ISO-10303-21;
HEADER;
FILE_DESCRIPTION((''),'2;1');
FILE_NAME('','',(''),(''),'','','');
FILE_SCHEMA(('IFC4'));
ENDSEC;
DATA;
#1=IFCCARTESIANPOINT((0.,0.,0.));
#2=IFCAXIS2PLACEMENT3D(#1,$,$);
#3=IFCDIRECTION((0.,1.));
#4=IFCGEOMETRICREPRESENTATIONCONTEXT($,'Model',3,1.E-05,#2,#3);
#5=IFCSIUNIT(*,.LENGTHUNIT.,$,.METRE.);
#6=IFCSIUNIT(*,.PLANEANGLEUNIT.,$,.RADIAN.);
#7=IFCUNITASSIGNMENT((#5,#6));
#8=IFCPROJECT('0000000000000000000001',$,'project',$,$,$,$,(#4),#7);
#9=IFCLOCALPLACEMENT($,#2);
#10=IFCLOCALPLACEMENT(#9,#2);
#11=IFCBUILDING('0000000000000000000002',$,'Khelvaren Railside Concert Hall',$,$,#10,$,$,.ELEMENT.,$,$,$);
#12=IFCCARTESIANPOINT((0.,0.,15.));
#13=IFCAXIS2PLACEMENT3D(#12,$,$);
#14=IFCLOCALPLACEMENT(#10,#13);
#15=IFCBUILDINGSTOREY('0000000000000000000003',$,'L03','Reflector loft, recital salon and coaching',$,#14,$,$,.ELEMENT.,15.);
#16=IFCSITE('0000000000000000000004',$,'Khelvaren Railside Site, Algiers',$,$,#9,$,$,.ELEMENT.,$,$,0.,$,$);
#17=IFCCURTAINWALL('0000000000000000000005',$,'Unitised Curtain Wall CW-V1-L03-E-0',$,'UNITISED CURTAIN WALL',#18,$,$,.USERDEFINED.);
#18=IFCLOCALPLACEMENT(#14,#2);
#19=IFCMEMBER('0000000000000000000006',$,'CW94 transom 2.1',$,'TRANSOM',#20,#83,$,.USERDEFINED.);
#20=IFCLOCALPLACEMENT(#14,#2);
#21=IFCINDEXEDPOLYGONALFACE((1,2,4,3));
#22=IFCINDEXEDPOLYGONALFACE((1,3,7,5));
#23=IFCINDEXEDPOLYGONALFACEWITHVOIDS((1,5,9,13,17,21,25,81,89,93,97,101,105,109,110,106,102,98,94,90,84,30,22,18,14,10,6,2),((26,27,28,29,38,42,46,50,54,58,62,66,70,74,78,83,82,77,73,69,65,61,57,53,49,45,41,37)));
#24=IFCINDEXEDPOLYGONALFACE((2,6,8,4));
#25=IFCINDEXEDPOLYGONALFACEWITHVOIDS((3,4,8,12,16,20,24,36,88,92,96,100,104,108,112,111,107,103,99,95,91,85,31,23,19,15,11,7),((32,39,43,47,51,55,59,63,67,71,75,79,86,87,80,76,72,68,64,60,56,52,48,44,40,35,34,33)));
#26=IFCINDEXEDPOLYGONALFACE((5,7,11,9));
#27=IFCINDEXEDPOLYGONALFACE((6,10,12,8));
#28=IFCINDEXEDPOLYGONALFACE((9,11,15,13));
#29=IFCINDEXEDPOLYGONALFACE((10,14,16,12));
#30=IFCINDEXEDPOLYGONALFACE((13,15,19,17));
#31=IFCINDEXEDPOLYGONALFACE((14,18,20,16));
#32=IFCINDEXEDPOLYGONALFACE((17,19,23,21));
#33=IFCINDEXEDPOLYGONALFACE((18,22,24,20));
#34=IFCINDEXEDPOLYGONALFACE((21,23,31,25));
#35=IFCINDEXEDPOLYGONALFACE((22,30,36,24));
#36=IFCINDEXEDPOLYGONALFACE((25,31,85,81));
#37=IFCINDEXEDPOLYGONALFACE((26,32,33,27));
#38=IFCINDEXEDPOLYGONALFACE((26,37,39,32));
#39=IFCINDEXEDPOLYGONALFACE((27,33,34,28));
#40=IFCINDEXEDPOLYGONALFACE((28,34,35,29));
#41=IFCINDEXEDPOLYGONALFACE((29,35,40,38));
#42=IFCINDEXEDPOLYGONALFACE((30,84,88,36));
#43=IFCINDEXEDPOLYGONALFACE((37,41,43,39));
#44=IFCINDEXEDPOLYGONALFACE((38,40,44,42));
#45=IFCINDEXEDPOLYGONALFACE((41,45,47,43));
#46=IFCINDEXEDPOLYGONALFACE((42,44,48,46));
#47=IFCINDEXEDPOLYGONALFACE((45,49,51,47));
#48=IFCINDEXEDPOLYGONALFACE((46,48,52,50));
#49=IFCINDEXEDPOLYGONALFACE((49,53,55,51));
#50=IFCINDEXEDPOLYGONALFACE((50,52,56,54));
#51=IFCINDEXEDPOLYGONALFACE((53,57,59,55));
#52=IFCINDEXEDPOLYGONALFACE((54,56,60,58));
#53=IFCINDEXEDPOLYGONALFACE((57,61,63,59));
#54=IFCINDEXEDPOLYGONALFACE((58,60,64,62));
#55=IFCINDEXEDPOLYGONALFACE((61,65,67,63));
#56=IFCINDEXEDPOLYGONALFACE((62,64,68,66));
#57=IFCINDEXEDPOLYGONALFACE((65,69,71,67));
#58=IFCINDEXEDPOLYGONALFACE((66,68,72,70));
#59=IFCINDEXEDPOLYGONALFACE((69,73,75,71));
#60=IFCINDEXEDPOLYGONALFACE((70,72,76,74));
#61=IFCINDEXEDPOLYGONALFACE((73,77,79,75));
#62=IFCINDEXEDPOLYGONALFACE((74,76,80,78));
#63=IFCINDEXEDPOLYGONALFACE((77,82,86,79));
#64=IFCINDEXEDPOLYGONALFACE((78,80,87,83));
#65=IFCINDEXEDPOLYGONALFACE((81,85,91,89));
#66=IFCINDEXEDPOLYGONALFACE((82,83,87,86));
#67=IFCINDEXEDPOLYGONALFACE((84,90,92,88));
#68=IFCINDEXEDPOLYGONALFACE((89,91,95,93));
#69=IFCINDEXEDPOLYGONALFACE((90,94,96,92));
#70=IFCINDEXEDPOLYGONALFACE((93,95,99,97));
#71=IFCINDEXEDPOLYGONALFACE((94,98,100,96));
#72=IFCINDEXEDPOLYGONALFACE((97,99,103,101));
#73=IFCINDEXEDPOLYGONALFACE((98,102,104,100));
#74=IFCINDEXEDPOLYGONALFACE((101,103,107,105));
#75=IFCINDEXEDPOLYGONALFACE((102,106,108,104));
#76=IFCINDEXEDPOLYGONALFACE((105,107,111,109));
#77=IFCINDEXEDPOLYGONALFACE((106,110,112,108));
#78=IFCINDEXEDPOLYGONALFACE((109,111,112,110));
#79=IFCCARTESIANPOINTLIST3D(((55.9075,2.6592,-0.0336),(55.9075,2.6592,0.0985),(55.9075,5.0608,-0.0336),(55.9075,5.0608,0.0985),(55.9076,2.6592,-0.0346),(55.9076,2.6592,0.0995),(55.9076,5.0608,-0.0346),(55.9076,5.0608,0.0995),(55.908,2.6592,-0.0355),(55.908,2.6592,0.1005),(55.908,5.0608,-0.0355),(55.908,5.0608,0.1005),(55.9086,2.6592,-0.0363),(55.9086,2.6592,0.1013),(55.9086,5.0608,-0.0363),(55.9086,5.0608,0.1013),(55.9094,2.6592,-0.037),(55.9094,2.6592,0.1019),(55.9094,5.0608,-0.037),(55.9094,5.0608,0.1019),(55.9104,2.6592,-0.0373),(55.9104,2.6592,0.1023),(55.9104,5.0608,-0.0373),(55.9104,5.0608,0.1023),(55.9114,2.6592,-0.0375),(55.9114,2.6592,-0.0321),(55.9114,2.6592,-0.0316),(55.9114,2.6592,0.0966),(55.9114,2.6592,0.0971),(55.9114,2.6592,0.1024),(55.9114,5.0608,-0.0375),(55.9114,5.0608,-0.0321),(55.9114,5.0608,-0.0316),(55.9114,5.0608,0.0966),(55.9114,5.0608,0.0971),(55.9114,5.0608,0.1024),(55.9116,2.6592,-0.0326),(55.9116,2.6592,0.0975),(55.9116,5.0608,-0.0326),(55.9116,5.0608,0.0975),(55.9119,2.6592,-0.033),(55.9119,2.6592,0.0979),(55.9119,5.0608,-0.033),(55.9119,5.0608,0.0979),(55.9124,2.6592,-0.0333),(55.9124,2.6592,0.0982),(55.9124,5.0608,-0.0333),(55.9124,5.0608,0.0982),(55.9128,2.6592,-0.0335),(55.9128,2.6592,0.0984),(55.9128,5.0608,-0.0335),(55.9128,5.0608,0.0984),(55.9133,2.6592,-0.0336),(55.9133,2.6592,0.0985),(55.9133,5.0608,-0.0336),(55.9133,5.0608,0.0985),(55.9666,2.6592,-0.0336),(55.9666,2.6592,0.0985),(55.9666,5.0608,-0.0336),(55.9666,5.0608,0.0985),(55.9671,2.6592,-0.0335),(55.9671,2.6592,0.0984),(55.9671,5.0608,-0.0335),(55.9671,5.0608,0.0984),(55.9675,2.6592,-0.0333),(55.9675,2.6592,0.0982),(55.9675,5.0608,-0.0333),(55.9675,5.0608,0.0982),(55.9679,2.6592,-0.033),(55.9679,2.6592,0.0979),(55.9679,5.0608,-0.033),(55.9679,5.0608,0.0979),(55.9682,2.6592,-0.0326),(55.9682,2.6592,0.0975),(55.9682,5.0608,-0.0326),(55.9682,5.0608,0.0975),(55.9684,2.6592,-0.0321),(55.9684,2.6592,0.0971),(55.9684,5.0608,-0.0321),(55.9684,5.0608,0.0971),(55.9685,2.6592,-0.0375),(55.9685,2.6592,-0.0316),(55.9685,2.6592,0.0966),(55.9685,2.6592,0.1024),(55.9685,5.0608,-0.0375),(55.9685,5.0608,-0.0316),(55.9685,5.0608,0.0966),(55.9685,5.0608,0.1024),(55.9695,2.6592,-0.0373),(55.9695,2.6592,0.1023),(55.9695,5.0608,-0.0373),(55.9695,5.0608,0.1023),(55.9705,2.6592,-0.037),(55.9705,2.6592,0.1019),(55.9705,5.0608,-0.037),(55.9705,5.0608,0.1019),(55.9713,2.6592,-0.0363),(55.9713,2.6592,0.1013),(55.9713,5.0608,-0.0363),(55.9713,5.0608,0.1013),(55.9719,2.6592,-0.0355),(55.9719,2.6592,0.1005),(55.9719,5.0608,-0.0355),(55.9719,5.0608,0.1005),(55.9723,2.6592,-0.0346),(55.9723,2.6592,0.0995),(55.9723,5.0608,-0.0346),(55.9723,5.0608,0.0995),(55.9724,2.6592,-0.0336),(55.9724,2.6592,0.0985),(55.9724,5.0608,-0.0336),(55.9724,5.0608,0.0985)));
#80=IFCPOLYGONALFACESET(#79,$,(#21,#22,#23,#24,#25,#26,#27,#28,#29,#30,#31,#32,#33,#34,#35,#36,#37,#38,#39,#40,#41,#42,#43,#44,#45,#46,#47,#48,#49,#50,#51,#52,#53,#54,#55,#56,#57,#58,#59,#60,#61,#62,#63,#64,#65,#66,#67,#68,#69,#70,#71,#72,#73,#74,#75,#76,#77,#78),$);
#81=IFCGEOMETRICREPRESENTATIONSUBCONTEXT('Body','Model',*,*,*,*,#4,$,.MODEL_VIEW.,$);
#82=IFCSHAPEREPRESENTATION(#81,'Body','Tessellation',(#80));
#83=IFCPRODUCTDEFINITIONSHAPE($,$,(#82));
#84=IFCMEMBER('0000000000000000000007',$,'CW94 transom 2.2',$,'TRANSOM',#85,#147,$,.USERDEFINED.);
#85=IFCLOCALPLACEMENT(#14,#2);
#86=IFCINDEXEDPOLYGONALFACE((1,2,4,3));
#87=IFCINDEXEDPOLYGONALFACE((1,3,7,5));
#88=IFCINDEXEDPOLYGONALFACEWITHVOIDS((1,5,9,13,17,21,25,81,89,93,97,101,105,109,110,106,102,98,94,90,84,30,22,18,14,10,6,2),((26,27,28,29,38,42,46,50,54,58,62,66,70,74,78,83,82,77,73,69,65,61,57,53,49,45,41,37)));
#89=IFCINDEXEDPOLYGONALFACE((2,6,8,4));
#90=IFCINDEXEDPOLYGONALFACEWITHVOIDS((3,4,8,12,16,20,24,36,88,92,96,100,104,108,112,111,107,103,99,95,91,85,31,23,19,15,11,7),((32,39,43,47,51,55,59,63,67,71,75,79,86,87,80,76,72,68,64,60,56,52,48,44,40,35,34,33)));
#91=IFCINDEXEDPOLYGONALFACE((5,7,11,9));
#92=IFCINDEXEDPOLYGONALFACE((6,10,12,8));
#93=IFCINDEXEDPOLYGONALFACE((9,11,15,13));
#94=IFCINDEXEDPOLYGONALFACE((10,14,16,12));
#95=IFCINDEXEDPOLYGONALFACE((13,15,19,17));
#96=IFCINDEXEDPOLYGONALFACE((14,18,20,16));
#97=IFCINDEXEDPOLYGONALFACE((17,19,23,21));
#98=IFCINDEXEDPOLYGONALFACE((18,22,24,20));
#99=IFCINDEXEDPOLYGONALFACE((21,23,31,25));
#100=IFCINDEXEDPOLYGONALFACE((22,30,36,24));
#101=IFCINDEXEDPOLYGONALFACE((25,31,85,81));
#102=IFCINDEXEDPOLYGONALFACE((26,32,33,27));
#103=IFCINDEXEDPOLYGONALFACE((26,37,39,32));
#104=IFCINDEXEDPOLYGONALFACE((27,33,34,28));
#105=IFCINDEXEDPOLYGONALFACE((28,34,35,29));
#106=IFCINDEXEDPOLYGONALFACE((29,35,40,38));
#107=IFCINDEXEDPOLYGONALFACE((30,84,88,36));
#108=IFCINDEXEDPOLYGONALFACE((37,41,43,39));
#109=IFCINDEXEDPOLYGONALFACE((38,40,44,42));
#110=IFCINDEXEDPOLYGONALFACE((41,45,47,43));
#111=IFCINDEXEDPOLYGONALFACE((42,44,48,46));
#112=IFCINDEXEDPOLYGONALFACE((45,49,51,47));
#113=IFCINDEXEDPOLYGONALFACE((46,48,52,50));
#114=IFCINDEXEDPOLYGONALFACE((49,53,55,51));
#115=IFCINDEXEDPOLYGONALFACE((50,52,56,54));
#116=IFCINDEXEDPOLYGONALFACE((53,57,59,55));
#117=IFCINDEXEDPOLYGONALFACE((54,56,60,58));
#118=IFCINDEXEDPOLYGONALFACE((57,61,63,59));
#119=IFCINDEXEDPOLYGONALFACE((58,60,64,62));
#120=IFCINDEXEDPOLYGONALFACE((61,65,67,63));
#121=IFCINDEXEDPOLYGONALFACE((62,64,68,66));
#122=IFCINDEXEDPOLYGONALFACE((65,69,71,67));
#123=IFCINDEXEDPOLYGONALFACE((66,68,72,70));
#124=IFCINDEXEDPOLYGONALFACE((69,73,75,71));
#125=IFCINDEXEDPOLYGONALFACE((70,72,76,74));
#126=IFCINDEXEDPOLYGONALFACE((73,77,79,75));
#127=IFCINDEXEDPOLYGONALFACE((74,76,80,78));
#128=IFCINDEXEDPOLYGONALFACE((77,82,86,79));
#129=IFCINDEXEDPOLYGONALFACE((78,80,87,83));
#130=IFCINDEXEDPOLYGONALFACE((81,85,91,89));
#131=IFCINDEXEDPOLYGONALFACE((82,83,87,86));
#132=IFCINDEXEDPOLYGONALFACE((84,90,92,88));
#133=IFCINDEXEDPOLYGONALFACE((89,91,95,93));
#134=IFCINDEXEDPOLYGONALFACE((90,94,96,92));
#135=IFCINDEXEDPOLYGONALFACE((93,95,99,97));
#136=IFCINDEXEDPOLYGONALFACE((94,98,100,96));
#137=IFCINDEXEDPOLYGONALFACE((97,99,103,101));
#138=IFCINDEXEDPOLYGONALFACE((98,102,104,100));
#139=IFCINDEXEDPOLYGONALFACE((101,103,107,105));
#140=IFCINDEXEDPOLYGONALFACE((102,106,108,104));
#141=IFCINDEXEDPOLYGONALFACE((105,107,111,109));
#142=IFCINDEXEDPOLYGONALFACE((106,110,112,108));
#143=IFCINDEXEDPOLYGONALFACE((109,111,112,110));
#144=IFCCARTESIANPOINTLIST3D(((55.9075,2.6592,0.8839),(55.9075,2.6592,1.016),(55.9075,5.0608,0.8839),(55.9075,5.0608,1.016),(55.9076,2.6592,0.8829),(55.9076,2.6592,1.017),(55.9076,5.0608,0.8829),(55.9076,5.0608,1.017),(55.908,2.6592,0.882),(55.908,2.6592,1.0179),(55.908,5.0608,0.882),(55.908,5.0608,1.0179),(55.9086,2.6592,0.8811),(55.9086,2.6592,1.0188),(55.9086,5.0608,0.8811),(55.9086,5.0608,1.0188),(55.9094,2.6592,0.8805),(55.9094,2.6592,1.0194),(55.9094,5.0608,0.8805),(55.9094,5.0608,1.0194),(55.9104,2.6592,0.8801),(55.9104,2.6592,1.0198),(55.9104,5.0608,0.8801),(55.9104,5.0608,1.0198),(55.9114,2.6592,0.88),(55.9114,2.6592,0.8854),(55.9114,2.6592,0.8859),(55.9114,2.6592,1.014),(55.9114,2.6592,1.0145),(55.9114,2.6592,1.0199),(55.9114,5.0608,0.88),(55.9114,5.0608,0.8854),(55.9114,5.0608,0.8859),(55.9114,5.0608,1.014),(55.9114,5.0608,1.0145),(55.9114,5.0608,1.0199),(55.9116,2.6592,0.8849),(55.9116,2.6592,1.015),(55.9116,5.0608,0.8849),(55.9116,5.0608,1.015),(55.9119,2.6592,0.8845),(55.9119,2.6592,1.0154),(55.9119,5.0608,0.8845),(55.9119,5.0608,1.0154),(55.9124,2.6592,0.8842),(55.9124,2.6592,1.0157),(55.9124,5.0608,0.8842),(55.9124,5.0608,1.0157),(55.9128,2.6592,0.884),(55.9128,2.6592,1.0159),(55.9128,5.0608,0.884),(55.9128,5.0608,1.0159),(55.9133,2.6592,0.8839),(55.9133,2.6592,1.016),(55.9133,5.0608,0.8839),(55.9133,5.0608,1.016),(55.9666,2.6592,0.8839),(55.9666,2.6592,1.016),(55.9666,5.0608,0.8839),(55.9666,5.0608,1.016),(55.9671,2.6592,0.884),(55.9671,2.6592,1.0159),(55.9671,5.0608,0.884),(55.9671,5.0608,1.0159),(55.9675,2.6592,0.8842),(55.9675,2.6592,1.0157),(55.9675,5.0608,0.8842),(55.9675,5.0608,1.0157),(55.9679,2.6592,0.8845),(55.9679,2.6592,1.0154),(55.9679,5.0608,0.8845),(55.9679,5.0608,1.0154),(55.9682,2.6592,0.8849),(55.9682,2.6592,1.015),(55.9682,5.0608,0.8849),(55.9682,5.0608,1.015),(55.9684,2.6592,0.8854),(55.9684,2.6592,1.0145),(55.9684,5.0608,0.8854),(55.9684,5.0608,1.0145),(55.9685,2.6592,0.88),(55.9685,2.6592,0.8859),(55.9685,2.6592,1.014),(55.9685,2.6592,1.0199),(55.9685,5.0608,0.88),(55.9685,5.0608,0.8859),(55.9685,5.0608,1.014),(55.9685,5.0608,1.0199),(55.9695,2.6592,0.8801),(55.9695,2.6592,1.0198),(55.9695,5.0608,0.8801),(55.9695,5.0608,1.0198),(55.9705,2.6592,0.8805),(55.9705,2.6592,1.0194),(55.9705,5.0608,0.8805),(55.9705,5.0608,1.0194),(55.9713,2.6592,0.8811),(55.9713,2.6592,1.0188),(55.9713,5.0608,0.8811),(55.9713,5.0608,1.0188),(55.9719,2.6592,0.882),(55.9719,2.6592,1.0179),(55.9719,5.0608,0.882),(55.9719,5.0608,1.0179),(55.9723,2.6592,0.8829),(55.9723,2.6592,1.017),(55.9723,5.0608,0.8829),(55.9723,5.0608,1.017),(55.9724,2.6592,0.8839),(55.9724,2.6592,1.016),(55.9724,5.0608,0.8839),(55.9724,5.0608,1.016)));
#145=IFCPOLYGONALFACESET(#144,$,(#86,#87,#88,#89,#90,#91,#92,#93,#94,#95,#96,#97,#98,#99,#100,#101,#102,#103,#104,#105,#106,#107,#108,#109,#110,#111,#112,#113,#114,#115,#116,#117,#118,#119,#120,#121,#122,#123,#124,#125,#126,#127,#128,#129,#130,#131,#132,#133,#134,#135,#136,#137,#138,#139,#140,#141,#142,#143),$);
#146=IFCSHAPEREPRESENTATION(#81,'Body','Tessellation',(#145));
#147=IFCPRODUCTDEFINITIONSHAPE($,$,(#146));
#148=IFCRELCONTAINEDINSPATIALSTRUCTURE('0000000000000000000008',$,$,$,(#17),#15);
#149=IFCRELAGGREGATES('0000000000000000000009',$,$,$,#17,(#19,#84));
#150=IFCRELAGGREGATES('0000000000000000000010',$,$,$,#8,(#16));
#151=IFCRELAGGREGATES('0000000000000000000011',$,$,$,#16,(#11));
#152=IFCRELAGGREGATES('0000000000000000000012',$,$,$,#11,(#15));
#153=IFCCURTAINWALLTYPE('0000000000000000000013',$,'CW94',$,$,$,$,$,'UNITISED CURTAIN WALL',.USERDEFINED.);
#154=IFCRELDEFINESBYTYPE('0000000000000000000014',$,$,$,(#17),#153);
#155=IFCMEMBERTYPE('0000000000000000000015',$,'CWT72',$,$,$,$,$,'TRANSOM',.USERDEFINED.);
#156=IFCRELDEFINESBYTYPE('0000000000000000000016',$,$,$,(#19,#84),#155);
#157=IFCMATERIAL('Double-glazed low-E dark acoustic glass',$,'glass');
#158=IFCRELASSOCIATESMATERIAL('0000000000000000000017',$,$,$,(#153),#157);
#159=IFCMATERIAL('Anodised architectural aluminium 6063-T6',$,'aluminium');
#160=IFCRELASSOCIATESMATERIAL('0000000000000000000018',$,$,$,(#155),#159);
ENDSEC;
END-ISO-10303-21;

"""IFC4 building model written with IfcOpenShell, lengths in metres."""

from ifc_helpers import new_model, si_unit, direction, frame, origin, origin_2d, place, context, subcontext, project, spatial, hollow_rectangle, extrude, material, material_profile, profile_set, type_object, element, aggregate, save


model = new_model("IFC4")

# Units and contexts
model_context = context("Model", 3, precision=1e-05, world=origin(), true_north=direction((0.0, 1.0)))
body_context = subcontext(model_context, "Body", "Model", "MODEL_VIEW")
ifc_project = project(units=[si_unit("LENGTHUNIT", "METRE"), si_unit("PLANEANGLEUNIT", "RADIAN")], contexts=[model_context])

# Site, building, storey
site_placement = place(None, origin())
site = spatial("IfcSite", under=ifc_project, at=site_placement, Name="Khelvaren Railside Site, Algiers", CompositionType="ELEMENT", RefElevation=0.0)
building_placement = place(site_placement, origin())
building = spatial("IfcBuilding", under=site, at=building_placement, Name="Khelvaren Railside Concert Hall", CompositionType="ELEMENT")
storey_placement = place(building_placement, frame((0.0, 0.0, 15.0)))
storey = spatial("IfcBuildingStorey", under=building, at=storey_placement, Name="L03", Description="Reflector loft, recital salon and coaching", CompositionType="ELEMENT", Elevation=15.0)

# Curtain wall
ifc_material_1 = material(Name="Double-glazed low-E dark acoustic glass", Category="glass")
curtain_wall_type_1 = type_object("IfcCurtainWallType", Name="CW94", ElementType="UNITISED CURTAIN WALL", PredefinedType="USERDEFINED", material=ifc_material_1)
curtain_wall_1_placement = place(storey_placement, origin())
curtain_wall_1 = element("IfcCurtainWall", 1, at=curtain_wall_1_placement, inside=storey, type_object=curtain_wall_type_1, Name="Unitised Curtain Wall CW-V1-L03-E-0", ObjectType="UNITISED CURTAIN WALL", PredefinedType="USERDEFINED")
ifc_material_2 = material(Name="Anodised architectural aluminium 6063-T6", Category="aluminium")

# Members
ifc_material_profile_1 = material_profile(ifc_material_2, hollow_rectangle(XDim=0.0649, YDim=0.1399, WallThickness=0.0039, InnerFilletRadius=0.002, OuterFilletRadius=0.0039, at=origin_2d()), Name="CWT 65x140x4")
ifc_profile_set_1 = profile_set([ifc_material_profile_1], Name="Anodised architectural aluminium 6063-T6")
member_type_1 = type_object("IfcMemberType", Name="CWT72", ElementType="TRANSOM", PredefinedType="USERDEFINED", material=ifc_profile_set_1)
member_1_placement = place(storey_placement, frame((55.9399, 5.0608, 0.0325), z_axis=(0.0, -1.0, 0.0), x_axis=(1.0, 0.0, 0.0)))
member_1 = element("IfcMember", 2, at=member_1_placement, type_object=member_type_1, Name="CW94 transom 2.1", ObjectType="TRANSOM", PredefinedType="USERDEFINED", context=body_context, shape_type="SweptSolid", body=[
    extrude(hollow_rectangle(XDim=0.0649, YDim=0.1399, WallThickness=0.0039, InnerFilletRadius=0.002, OuterFilletRadius=0.0039, at=origin_2d()), origin(), (0.0, 0.0, 1.0), 2.4016),
])
member_2_placement = place(storey_placement, frame((55.9399, 5.0608, 0.95), z_axis=(0.0, -1.0, 0.0), x_axis=(1.0, 0.0, 0.0)))
member_2 = element("IfcMember", 3, at=member_2_placement, type_object=member_type_1, Name="CW94 transom 2.2", ObjectType="TRANSOM", PredefinedType="USERDEFINED", context=body_context, shape_type="SweptSolid", body=[
    extrude(hollow_rectangle(XDim=0.0649, YDim=0.1399, WallThickness=0.0039, InnerFilletRadius=0.002, OuterFilletRadius=0.0039, at=origin_2d()), origin(), (0.0, 0.0, 1.0), 2.4016),
])

aggregate(curtain_wall_1, [member_1, member_2])

save(model, "model.ifc")
